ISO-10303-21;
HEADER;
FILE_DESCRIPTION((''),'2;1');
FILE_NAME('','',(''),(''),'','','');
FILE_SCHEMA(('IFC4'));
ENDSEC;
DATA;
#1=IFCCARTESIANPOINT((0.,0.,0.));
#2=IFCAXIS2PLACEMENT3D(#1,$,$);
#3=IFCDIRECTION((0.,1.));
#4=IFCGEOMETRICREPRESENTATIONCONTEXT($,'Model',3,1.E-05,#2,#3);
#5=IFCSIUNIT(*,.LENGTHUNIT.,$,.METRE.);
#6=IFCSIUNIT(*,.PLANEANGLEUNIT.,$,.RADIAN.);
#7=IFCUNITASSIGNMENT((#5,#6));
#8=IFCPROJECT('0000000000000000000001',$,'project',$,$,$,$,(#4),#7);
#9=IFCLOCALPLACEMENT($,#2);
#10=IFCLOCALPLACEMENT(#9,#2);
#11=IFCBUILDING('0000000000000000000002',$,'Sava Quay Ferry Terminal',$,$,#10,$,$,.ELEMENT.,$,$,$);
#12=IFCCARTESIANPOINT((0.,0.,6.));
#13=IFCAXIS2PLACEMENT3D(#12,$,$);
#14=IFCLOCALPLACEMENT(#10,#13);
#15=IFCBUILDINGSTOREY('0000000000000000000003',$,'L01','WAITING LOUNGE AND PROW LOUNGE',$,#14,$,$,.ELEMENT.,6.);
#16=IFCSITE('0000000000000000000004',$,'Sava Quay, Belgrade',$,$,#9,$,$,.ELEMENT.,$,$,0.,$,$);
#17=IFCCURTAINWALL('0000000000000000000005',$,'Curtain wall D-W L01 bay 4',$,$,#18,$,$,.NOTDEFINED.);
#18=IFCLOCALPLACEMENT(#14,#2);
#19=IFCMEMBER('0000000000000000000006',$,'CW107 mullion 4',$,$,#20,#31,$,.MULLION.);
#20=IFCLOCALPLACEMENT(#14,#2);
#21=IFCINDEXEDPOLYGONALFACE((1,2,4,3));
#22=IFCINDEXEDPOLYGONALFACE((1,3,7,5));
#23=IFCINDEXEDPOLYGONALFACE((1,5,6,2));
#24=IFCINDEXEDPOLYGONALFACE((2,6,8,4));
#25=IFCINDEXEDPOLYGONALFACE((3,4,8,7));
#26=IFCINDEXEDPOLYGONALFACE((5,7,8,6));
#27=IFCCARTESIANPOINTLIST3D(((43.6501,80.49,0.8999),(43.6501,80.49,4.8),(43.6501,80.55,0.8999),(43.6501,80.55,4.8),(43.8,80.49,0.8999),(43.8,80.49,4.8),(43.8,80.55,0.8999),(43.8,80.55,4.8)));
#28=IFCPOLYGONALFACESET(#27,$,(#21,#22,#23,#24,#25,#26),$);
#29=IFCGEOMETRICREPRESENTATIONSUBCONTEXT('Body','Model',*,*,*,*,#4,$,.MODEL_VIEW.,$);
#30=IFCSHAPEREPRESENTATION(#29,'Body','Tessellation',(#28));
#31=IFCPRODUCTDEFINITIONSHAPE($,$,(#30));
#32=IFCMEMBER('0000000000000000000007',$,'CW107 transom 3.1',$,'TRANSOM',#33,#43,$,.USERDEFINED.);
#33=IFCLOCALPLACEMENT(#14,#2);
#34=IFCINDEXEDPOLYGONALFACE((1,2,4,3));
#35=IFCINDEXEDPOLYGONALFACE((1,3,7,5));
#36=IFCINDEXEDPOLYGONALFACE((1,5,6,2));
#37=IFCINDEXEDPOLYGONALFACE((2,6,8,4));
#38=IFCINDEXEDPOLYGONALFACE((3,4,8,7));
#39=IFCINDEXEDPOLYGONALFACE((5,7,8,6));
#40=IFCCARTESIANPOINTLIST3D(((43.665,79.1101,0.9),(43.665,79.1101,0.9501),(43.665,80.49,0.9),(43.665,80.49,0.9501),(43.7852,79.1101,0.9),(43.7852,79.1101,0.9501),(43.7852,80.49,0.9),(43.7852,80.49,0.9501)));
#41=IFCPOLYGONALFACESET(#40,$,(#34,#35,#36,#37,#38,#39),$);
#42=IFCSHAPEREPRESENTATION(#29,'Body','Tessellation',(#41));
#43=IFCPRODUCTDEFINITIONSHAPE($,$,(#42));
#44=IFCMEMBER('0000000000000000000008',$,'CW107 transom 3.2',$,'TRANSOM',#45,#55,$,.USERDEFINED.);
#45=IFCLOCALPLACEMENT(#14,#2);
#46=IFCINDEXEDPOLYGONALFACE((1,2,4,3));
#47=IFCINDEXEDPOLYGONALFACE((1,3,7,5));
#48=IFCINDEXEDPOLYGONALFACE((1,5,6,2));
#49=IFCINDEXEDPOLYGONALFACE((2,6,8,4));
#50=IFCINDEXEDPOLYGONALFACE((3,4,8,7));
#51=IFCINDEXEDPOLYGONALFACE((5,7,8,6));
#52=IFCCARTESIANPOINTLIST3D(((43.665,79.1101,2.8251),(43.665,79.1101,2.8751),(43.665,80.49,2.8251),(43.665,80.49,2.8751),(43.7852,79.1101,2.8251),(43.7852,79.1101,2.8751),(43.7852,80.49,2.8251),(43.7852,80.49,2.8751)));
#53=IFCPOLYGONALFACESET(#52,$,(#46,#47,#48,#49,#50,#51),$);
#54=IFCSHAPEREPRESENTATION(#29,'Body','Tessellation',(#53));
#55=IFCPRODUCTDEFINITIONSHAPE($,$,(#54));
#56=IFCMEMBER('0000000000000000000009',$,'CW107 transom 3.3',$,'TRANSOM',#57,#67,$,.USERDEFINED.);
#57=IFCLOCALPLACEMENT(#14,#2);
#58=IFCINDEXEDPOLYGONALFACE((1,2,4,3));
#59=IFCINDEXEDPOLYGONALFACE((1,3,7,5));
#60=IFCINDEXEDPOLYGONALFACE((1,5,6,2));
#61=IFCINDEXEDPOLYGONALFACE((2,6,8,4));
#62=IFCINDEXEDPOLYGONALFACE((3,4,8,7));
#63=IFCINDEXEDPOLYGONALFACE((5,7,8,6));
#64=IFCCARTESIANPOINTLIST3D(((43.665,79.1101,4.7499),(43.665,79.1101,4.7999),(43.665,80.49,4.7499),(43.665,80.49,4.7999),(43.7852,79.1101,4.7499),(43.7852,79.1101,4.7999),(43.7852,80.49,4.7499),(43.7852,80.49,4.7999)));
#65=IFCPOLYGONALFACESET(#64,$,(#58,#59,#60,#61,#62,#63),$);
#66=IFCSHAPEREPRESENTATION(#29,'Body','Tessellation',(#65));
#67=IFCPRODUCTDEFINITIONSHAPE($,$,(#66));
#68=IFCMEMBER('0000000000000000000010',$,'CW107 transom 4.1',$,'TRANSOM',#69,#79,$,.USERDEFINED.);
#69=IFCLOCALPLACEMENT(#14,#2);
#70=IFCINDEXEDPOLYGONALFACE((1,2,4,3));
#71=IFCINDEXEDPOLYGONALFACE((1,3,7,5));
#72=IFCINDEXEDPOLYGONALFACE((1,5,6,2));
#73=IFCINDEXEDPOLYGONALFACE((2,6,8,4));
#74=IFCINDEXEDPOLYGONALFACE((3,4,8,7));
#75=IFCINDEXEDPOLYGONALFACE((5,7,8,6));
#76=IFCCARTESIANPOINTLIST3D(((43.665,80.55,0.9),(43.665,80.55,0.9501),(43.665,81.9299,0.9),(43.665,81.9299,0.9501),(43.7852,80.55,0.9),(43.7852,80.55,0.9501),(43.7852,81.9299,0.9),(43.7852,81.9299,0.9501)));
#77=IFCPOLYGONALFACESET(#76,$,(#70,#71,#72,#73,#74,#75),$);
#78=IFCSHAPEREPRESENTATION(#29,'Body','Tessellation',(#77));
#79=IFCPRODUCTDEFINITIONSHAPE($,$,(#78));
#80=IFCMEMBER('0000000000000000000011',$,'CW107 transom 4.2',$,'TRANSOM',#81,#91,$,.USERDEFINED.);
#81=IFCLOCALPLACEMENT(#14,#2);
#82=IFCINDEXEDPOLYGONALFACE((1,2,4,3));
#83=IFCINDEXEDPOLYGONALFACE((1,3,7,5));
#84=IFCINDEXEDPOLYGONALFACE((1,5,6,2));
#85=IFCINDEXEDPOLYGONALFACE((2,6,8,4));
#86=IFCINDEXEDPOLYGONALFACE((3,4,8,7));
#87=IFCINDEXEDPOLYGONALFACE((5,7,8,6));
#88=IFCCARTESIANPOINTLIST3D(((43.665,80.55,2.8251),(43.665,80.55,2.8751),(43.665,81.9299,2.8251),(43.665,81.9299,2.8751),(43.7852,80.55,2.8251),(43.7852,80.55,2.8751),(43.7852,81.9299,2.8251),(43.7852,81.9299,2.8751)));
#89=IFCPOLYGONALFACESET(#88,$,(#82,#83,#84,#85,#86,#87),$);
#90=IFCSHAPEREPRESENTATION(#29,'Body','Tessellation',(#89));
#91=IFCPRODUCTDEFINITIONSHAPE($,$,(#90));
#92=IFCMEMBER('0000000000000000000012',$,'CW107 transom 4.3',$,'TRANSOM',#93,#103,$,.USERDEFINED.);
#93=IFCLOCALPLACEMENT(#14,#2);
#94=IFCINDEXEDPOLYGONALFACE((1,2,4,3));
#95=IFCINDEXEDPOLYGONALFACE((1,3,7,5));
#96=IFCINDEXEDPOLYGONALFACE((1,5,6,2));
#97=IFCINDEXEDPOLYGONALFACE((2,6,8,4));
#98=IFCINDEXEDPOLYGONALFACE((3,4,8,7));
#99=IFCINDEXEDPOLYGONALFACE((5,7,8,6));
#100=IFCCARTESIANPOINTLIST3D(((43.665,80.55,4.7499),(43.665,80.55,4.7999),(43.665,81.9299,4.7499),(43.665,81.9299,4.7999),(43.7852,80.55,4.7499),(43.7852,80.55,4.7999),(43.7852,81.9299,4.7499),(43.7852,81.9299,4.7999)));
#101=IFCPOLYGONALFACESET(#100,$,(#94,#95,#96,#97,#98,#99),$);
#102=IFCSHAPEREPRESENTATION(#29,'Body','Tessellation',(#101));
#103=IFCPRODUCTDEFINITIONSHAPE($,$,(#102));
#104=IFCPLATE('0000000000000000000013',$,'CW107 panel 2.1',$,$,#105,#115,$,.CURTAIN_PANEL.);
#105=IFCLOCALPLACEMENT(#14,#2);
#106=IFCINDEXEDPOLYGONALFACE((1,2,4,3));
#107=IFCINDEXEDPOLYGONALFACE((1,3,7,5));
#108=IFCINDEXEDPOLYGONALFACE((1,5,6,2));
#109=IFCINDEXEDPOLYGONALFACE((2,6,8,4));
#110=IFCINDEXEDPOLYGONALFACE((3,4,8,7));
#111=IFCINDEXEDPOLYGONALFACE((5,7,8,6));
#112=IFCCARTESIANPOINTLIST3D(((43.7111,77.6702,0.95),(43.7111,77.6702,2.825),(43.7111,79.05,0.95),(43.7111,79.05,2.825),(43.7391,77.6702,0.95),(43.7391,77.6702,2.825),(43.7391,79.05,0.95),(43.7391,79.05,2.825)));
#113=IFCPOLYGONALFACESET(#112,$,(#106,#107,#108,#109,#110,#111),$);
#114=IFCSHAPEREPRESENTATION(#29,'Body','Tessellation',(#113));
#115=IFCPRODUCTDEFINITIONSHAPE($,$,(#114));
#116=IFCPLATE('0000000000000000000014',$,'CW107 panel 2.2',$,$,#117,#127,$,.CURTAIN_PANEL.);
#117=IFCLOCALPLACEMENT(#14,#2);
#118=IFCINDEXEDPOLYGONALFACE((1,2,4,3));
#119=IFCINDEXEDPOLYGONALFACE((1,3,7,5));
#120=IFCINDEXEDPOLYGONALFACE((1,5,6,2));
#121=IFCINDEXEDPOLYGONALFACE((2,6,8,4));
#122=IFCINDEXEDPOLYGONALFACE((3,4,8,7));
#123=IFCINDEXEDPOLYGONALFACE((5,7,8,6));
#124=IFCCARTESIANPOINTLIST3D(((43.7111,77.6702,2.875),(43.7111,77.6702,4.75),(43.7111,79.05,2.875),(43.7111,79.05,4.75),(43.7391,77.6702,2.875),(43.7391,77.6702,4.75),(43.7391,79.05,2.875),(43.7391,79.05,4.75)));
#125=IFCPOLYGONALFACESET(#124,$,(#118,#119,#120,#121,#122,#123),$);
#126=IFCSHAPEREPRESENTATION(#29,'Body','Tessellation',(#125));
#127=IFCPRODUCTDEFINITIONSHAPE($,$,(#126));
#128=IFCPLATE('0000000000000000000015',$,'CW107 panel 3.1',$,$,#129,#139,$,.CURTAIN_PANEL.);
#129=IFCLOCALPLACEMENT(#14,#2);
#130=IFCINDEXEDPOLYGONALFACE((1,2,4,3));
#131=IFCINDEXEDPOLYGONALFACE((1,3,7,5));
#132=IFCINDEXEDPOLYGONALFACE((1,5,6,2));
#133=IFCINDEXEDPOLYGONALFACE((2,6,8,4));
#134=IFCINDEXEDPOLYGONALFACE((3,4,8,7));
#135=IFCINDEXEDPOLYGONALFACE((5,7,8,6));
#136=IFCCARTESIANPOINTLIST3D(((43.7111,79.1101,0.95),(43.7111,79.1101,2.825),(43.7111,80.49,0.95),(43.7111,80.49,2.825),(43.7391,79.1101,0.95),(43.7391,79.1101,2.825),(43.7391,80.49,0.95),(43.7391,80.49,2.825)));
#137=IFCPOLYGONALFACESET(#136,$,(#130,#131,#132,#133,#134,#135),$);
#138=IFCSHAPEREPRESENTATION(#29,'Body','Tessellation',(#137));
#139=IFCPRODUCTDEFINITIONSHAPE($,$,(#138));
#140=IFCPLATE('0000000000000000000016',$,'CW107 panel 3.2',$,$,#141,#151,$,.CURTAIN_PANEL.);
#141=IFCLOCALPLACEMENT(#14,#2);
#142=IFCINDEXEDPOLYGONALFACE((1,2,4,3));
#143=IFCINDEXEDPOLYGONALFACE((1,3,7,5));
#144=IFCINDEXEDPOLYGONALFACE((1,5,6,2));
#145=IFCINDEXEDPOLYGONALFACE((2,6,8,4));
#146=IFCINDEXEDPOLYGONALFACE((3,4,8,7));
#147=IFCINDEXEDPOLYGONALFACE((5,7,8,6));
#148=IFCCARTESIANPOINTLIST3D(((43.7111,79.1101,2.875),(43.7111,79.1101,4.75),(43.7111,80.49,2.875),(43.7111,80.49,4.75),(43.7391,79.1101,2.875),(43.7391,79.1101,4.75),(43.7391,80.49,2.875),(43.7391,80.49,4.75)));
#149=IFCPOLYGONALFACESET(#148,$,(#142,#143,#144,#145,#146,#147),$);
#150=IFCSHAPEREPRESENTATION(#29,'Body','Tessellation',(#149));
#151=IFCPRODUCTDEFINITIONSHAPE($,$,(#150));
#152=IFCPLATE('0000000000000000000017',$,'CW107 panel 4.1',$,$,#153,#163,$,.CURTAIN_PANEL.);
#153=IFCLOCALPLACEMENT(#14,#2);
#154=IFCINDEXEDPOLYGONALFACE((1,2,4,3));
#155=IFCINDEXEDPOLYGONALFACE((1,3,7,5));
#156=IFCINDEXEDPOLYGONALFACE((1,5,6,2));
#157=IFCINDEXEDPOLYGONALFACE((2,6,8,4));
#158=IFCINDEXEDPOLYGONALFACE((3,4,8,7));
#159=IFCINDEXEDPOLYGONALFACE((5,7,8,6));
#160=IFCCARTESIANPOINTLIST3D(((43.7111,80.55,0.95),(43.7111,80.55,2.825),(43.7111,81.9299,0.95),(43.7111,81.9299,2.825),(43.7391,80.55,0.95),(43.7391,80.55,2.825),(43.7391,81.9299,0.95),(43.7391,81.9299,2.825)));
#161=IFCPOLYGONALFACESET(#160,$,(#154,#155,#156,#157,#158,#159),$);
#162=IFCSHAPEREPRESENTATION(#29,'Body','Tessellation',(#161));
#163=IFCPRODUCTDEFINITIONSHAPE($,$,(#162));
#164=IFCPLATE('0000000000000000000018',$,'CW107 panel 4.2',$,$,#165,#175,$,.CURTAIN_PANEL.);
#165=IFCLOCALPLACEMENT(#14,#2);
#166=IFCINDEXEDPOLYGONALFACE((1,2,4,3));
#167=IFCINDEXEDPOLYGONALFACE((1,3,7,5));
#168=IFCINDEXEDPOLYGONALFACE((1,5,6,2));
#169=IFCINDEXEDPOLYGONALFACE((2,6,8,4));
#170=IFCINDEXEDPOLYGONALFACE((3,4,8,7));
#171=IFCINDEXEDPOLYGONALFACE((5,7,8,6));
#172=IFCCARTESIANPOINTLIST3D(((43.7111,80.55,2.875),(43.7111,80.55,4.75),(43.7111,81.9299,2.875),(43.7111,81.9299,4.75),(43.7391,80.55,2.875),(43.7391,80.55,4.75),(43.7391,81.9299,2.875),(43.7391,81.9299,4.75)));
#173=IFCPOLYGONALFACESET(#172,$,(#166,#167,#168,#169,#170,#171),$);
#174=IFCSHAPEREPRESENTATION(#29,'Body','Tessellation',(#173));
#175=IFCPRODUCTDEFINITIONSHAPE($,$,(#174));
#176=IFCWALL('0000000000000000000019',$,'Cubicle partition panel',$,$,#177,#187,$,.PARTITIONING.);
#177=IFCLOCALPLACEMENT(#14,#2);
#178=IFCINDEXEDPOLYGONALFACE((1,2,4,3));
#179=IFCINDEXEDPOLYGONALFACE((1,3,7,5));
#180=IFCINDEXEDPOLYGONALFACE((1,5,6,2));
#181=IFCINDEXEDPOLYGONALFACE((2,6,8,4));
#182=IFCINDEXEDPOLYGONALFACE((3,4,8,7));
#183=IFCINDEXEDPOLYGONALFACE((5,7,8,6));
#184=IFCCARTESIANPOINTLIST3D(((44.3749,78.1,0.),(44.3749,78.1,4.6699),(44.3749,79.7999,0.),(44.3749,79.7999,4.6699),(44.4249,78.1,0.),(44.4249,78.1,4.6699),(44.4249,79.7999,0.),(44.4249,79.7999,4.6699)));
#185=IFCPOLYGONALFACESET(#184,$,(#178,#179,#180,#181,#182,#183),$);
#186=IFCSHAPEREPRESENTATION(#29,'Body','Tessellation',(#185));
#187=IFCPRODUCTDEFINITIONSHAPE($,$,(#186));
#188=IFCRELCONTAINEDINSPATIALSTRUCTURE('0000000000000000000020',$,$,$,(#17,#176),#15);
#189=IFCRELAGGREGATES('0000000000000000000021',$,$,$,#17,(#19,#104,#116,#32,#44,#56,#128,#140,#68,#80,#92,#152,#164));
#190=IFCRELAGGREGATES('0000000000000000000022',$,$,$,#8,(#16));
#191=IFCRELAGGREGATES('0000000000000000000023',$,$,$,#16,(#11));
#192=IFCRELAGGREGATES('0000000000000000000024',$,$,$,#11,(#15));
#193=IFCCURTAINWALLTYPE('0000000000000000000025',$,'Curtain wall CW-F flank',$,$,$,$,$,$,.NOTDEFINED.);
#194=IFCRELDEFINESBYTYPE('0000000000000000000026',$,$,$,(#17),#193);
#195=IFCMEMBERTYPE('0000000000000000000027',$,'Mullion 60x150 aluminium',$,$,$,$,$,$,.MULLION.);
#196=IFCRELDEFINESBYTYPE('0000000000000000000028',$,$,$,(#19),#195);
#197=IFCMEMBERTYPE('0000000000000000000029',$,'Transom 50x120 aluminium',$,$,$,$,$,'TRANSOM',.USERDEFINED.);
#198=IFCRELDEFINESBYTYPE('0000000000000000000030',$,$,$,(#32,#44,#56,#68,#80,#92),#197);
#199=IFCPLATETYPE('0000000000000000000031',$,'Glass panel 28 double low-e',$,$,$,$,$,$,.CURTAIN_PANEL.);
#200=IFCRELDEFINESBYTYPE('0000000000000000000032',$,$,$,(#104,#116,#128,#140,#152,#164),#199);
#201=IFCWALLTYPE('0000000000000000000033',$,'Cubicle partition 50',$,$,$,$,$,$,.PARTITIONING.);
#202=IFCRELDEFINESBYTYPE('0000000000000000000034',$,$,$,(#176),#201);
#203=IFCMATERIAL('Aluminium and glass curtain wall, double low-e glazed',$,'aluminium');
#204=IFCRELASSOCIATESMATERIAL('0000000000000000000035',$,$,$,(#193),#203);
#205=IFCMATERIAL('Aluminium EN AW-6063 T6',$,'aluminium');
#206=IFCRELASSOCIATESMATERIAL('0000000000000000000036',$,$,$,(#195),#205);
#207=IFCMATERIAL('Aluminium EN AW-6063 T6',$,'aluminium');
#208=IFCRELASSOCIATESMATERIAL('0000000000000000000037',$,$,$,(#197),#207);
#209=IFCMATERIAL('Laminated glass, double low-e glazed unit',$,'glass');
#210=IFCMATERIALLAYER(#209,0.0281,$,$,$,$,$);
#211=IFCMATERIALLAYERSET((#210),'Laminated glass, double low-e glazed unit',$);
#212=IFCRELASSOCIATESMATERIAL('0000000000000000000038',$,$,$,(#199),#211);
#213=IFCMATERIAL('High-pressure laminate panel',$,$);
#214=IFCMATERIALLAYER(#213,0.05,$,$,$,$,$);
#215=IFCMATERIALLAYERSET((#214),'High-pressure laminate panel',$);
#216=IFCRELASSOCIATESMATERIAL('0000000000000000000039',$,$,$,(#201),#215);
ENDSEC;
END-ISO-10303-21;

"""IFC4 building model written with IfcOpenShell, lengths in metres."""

from ifc_helpers import new_model, si_unit, direction, frame, frame_2d, origin, origin_2d, place, context, subcontext, project, spatial, rectangle, extrude, material, layer, layer_set, material_profile, profile_set, type_object, element, aggregate, save


model = new_model("IFC4")

# Units and contexts
model_context = context("Model", 3, precision=1e-05, world=origin(), true_north=direction((0.0, 1.0)))
body_context = subcontext(model_context, "Body", "Model", "MODEL_VIEW")
ifc_project = project(units=[si_unit("LENGTHUNIT", "METRE"), si_unit("PLANEANGLEUNIT", "RADIAN")], contexts=[model_context])

# Site, building, storey
site_placement = place(None, origin())
site = spatial("IfcSite", under=ifc_project, at=site_placement, Name="Sava Quay, Belgrade", CompositionType="ELEMENT", RefElevation=0.0)
building_placement = place(site_placement, origin())
building = spatial("IfcBuilding", under=site, at=building_placement, Name="Sava Quay Ferry Terminal", CompositionType="ELEMENT")
storey_placement = place(building_placement, frame((0.0, 0.0, 6.0)))
storey = spatial("IfcBuildingStorey", under=building, at=storey_placement, Name="L01", Description="WAITING LOUNGE AND PROW LOUNGE", CompositionType="ELEMENT", Elevation=6.0)

# Curtain wall, members, plates
ifc_material_1 = material(Name="Aluminium and glass curtain wall, double low-e glazed", Category="aluminium")
curtain_wall_type = type_object("IfcCurtainWallType", Name="Curtain wall CW-F flank", PredefinedType="NOTDEFINED", material=ifc_material_1)
curtain_wall_placement = place(storey_placement, origin())
curtain_wall = element("IfcCurtainWall", 1, at=curtain_wall_placement, inside=storey, type_object=curtain_wall_type, Name="Curtain wall D-W L01 bay 4", PredefinedType="NOTDEFINED")
ifc_material_2 = material(Name="Aluminium EN AW-6063 T6", Category="aluminium")
ifc_material_profile_1 = material_profile(ifc_material_2, rectangle(XDim=0.1499, YDim=0.0601, at=origin_2d()), Name="Mullion 60x150 aluminium")
ifc_profile_set_1 = profile_set([ifc_material_profile_1], Name="Aluminium EN AW-6063 T6")
member_type_1 = type_object("IfcMemberType", Name="Mullion 60x150 aluminium", PredefinedType="MULLION", material=ifc_profile_set_1)
member_1_placement = place(storey_placement, frame((43.7251, 80.52, 0.8999), z_axis=(0.0, 0.0, 1.0), x_axis=(-1.0, 0.0, 0.0)))
member_1 = element("IfcMember", 2, at=member_1_placement, type_object=member_type_1, Name="CW107 mullion 4", PredefinedType="MULLION", context=body_context, shape_type="SweptSolid", body=[
    extrude(rectangle(XDim=0.1499, YDim=0.0601, at=origin_2d()), origin(), (0.0, 0.0, 1.0), 3.9001),
])
ifc_material_3 = material(Name="Aluminium EN AW-6063 T6", Category="aluminium")
ifc_material_profile_2 = material_profile(ifc_material_3, rectangle(XDim=0.1201, YDim=0.05, at=origin_2d()), Name="Transom 50x120 aluminium")
ifc_profile_set_2 = profile_set([ifc_material_profile_2], Name="Aluminium EN AW-6063 T6")
member_type_2 = type_object("IfcMemberType", Name="Transom 50x120 aluminium", ElementType="TRANSOM", PredefinedType="USERDEFINED", material=ifc_profile_set_2)
member_2_placement = place(storey_placement, frame((43.7251, 79.1101, 0.925), z_axis=(0.0, 1.0, 0.0), x_axis=(-1.0, 0.0, 0.0)))
member_2 = element("IfcMember", 3, at=member_2_placement, type_object=member_type_2, Name="CW107 transom 3.1", ObjectType="TRANSOM", PredefinedType="USERDEFINED", context=body_context, shape_type="SweptSolid", body=[
    extrude(rectangle(XDim=0.1201, YDim=0.05, at=origin_2d()), origin(), (0.0, 0.0, 1.0), 1.3799),
])
member_3_placement = place(storey_placement, frame((43.7251, 79.1101, 2.8501), z_axis=(0.0, 1.0, 0.0), x_axis=(-1.0, 0.0, 0.0)))
member_3 = element("IfcMember", 4, at=member_3_placement, type_object=member_type_2, Name="CW107 transom 3.2", ObjectType="TRANSOM", PredefinedType="USERDEFINED", context=body_context, shape_type="SweptSolid", body=[
    extrude(rectangle(XDim=0.1201, YDim=0.05, at=origin_2d()), origin(), (0.0, 0.0, 1.0), 1.3799),
])
member_4_placement = place(storey_placement, frame((43.7251, 79.1101, 4.7749), z_axis=(0.0, 1.0, 0.0), x_axis=(-1.0, 0.0, 0.0)))
member_4 = element("IfcMember", 5, at=member_4_placement, type_object=member_type_2, Name="CW107 transom 3.3", ObjectType="TRANSOM", PredefinedType="USERDEFINED", context=body_context, shape_type="SweptSolid", body=[
    extrude(rectangle(XDim=0.1201, YDim=0.05, at=origin_2d()), origin(), (0.0, 0.0, 1.0), 1.3799),
])
member_5_placement = place(storey_placement, frame((43.7251, 80.55, 0.925), z_axis=(0.0, 1.0, 0.0), x_axis=(-1.0, 0.0, 0.0)))
member_5 = element("IfcMember", 6, at=member_5_placement, type_object=member_type_2, Name="CW107 transom 4.1", ObjectType="TRANSOM", PredefinedType="USERDEFINED", context=body_context, shape_type="SweptSolid", body=[
    extrude(rectangle(XDim=0.1201, YDim=0.05, at=origin_2d()), origin(), (0.0, 0.0, 1.0), 1.3799),
])
member_6_placement = place(storey_placement, frame((43.7251, 80.55, 2.8501), z_axis=(0.0, 1.0, 0.0), x_axis=(-1.0, 0.0, 0.0)))
member_6 = element("IfcMember", 7, at=member_6_placement, type_object=member_type_2, Name="CW107 transom 4.2", ObjectType="TRANSOM", PredefinedType="USERDEFINED", context=body_context, shape_type="SweptSolid", body=[
    extrude(rectangle(XDim=0.1201, YDim=0.05, at=origin_2d()), origin(), (0.0, 0.0, 1.0), 1.3799),
])
member_7_placement = place(storey_placement, frame((43.7251, 80.55, 4.7749), z_axis=(0.0, 1.0, 0.0), x_axis=(-1.0, 0.0, 0.0)))
member_7 = element("IfcMember", 8, at=member_7_placement, type_object=member_type_2, Name="CW107 transom 4.3", ObjectType="TRANSOM", PredefinedType="USERDEFINED", context=body_context, shape_type="SweptSolid", body=[
    extrude(rectangle(XDim=0.1201, YDim=0.05, at=origin_2d()), origin(), (0.0, 0.0, 1.0), 1.3799),
])
ifc_material_4 = material(Name="Laminated glass, double low-e glazed unit", Category="glass")
ifc_layer_1 = layer(ifc_material_4, 0.0281)
ifc_layer_set_1 = layer_set([ifc_layer_1], Name="Laminated glass, double low-e glazed unit")
plate_type = type_object("IfcPlateType", Name="Glass panel 28 double low-e", PredefinedType="CURTAIN_PANEL", material=ifc_layer_set_1)
plate_1_placement = place(storey_placement, frame((43.7251, 78.3601, 0.95), z_axis=(0.0, 0.0, 1.0), x_axis=(0.0, 1.0, 0.0)))
plate_1 = element("IfcPlate", 9, at=plate_1_placement, type_object=plate_type, Name="CW107 panel 2.1", PredefinedType="CURTAIN_PANEL", context=body_context, shape_type="SweptSolid", body=[
    extrude(rectangle(XDim=1.3799, YDim=0.0281, at=origin_2d()), origin(), (0.0, 0.0, 1.0), 1.875),
])
plate_2_placement = place(storey_placement, frame((43.7251, 78.3601, 2.875), z_axis=(0.0, 0.0, 1.0), x_axis=(0.0, 1.0, 0.0)))
plate_2 = element("IfcPlate", 10, at=plate_2_placement, type_object=plate_type, Name="CW107 panel 2.2", PredefinedType="CURTAIN_PANEL", context=body_context, shape_type="SweptSolid", body=[
    extrude(rectangle(XDim=1.3799, YDim=0.0281, at=origin_2d()), origin(), (0.0, 0.0, 1.0), 1.875),
])
plate_3_placement = place(storey_placement, frame((43.7251, 79.8, 0.95), z_axis=(0.0, 0.0, 1.0), x_axis=(0.0, 1.0, 0.0)))
plate_3 = element("IfcPlate", 11, at=plate_3_placement, type_object=plate_type, Name="CW107 panel 3.1", PredefinedType="CURTAIN_PANEL", context=body_context, shape_type="SweptSolid", body=[
    extrude(rectangle(XDim=1.3799, YDim=0.0281, at=origin_2d()), origin(), (0.0, 0.0, 1.0), 1.875),
])
plate_4_placement = place(storey_placement, frame((43.7251, 79.8, 2.875), z_axis=(0.0, 0.0, 1.0), x_axis=(0.0, 1.0, 0.0)))
plate_4 = element("IfcPlate", 12, at=plate_4_placement, type_object=plate_type, Name="CW107 panel 3.2", PredefinedType="CURTAIN_PANEL", context=body_context, shape_type="SweptSolid", body=[
    extrude(rectangle(XDim=1.3799, YDim=0.0281, at=origin_2d()), origin(), (0.0, 0.0, 1.0), 1.875),
])
plate_5_placement = place(storey_placement, frame((43.7251, 81.24, 0.95), z_axis=(0.0, 0.0, 1.0), x_axis=(0.0, 1.0, 0.0)))
plate_5 = element("IfcPlate", 13, at=plate_5_placement, type_object=plate_type, Name="CW107 panel 4.1", PredefinedType="CURTAIN_PANEL", context=body_context, shape_type="SweptSolid", body=[
    extrude(rectangle(XDim=1.3799, YDim=0.0281, at=origin_2d()), origin(), (0.0, 0.0, 1.0), 1.875),
])
plate_6_placement = place(storey_placement, frame((43.7251, 81.24, 2.875), z_axis=(0.0, 0.0, 1.0), x_axis=(0.0, 1.0, 0.0)))
plate_6 = element("IfcPlate", 14, at=plate_6_placement, type_object=plate_type, Name="CW107 panel 4.2", PredefinedType="CURTAIN_PANEL", context=body_context, shape_type="SweptSolid", body=[
    extrude(rectangle(XDim=1.3799, YDim=0.0281, at=origin_2d()), origin(), (0.0, 0.0, 1.0), 1.875),
])
aggregate(curtain_wall, [member_1, plate_1, plate_2, member_2, member_3, member_4, plate_3, plate_4, member_5, member_6, member_7, plate_5, plate_6])

# Wall
ifc_material_5 = material(Name="High-pressure laminate panel")
ifc_layer_2 = layer(ifc_material_5, 0.05)
ifc_layer_set_2 = layer_set([ifc_layer_2], Name="High-pressure laminate panel")
wall_type_1 = type_object("IfcWallType", Name="Cubicle partition 50", PredefinedType="PARTITIONING", material=ifc_layer_set_2)
wall_1_placement = place(storey_placement, frame((44.3999, 79.8, 0.0), z_axis=(0.0, 0.0, 1.0), x_axis=(0.0, -1.0, 0.0)))
element("IfcWall", 15, at=wall_1_placement, inside=storey, type_object=wall_type_1, Name="Cubicle partition panel", PredefinedType="PARTITIONING", context=body_context, shape_type="SweptSolid", body=[
    extrude(rectangle(XDim=1.7, YDim=0.05, at=frame_2d((0.8501, 0.0))), origin(), (0.0, 0.0, 1.0), 4.6699),
])

save(model, "model.ifc")
